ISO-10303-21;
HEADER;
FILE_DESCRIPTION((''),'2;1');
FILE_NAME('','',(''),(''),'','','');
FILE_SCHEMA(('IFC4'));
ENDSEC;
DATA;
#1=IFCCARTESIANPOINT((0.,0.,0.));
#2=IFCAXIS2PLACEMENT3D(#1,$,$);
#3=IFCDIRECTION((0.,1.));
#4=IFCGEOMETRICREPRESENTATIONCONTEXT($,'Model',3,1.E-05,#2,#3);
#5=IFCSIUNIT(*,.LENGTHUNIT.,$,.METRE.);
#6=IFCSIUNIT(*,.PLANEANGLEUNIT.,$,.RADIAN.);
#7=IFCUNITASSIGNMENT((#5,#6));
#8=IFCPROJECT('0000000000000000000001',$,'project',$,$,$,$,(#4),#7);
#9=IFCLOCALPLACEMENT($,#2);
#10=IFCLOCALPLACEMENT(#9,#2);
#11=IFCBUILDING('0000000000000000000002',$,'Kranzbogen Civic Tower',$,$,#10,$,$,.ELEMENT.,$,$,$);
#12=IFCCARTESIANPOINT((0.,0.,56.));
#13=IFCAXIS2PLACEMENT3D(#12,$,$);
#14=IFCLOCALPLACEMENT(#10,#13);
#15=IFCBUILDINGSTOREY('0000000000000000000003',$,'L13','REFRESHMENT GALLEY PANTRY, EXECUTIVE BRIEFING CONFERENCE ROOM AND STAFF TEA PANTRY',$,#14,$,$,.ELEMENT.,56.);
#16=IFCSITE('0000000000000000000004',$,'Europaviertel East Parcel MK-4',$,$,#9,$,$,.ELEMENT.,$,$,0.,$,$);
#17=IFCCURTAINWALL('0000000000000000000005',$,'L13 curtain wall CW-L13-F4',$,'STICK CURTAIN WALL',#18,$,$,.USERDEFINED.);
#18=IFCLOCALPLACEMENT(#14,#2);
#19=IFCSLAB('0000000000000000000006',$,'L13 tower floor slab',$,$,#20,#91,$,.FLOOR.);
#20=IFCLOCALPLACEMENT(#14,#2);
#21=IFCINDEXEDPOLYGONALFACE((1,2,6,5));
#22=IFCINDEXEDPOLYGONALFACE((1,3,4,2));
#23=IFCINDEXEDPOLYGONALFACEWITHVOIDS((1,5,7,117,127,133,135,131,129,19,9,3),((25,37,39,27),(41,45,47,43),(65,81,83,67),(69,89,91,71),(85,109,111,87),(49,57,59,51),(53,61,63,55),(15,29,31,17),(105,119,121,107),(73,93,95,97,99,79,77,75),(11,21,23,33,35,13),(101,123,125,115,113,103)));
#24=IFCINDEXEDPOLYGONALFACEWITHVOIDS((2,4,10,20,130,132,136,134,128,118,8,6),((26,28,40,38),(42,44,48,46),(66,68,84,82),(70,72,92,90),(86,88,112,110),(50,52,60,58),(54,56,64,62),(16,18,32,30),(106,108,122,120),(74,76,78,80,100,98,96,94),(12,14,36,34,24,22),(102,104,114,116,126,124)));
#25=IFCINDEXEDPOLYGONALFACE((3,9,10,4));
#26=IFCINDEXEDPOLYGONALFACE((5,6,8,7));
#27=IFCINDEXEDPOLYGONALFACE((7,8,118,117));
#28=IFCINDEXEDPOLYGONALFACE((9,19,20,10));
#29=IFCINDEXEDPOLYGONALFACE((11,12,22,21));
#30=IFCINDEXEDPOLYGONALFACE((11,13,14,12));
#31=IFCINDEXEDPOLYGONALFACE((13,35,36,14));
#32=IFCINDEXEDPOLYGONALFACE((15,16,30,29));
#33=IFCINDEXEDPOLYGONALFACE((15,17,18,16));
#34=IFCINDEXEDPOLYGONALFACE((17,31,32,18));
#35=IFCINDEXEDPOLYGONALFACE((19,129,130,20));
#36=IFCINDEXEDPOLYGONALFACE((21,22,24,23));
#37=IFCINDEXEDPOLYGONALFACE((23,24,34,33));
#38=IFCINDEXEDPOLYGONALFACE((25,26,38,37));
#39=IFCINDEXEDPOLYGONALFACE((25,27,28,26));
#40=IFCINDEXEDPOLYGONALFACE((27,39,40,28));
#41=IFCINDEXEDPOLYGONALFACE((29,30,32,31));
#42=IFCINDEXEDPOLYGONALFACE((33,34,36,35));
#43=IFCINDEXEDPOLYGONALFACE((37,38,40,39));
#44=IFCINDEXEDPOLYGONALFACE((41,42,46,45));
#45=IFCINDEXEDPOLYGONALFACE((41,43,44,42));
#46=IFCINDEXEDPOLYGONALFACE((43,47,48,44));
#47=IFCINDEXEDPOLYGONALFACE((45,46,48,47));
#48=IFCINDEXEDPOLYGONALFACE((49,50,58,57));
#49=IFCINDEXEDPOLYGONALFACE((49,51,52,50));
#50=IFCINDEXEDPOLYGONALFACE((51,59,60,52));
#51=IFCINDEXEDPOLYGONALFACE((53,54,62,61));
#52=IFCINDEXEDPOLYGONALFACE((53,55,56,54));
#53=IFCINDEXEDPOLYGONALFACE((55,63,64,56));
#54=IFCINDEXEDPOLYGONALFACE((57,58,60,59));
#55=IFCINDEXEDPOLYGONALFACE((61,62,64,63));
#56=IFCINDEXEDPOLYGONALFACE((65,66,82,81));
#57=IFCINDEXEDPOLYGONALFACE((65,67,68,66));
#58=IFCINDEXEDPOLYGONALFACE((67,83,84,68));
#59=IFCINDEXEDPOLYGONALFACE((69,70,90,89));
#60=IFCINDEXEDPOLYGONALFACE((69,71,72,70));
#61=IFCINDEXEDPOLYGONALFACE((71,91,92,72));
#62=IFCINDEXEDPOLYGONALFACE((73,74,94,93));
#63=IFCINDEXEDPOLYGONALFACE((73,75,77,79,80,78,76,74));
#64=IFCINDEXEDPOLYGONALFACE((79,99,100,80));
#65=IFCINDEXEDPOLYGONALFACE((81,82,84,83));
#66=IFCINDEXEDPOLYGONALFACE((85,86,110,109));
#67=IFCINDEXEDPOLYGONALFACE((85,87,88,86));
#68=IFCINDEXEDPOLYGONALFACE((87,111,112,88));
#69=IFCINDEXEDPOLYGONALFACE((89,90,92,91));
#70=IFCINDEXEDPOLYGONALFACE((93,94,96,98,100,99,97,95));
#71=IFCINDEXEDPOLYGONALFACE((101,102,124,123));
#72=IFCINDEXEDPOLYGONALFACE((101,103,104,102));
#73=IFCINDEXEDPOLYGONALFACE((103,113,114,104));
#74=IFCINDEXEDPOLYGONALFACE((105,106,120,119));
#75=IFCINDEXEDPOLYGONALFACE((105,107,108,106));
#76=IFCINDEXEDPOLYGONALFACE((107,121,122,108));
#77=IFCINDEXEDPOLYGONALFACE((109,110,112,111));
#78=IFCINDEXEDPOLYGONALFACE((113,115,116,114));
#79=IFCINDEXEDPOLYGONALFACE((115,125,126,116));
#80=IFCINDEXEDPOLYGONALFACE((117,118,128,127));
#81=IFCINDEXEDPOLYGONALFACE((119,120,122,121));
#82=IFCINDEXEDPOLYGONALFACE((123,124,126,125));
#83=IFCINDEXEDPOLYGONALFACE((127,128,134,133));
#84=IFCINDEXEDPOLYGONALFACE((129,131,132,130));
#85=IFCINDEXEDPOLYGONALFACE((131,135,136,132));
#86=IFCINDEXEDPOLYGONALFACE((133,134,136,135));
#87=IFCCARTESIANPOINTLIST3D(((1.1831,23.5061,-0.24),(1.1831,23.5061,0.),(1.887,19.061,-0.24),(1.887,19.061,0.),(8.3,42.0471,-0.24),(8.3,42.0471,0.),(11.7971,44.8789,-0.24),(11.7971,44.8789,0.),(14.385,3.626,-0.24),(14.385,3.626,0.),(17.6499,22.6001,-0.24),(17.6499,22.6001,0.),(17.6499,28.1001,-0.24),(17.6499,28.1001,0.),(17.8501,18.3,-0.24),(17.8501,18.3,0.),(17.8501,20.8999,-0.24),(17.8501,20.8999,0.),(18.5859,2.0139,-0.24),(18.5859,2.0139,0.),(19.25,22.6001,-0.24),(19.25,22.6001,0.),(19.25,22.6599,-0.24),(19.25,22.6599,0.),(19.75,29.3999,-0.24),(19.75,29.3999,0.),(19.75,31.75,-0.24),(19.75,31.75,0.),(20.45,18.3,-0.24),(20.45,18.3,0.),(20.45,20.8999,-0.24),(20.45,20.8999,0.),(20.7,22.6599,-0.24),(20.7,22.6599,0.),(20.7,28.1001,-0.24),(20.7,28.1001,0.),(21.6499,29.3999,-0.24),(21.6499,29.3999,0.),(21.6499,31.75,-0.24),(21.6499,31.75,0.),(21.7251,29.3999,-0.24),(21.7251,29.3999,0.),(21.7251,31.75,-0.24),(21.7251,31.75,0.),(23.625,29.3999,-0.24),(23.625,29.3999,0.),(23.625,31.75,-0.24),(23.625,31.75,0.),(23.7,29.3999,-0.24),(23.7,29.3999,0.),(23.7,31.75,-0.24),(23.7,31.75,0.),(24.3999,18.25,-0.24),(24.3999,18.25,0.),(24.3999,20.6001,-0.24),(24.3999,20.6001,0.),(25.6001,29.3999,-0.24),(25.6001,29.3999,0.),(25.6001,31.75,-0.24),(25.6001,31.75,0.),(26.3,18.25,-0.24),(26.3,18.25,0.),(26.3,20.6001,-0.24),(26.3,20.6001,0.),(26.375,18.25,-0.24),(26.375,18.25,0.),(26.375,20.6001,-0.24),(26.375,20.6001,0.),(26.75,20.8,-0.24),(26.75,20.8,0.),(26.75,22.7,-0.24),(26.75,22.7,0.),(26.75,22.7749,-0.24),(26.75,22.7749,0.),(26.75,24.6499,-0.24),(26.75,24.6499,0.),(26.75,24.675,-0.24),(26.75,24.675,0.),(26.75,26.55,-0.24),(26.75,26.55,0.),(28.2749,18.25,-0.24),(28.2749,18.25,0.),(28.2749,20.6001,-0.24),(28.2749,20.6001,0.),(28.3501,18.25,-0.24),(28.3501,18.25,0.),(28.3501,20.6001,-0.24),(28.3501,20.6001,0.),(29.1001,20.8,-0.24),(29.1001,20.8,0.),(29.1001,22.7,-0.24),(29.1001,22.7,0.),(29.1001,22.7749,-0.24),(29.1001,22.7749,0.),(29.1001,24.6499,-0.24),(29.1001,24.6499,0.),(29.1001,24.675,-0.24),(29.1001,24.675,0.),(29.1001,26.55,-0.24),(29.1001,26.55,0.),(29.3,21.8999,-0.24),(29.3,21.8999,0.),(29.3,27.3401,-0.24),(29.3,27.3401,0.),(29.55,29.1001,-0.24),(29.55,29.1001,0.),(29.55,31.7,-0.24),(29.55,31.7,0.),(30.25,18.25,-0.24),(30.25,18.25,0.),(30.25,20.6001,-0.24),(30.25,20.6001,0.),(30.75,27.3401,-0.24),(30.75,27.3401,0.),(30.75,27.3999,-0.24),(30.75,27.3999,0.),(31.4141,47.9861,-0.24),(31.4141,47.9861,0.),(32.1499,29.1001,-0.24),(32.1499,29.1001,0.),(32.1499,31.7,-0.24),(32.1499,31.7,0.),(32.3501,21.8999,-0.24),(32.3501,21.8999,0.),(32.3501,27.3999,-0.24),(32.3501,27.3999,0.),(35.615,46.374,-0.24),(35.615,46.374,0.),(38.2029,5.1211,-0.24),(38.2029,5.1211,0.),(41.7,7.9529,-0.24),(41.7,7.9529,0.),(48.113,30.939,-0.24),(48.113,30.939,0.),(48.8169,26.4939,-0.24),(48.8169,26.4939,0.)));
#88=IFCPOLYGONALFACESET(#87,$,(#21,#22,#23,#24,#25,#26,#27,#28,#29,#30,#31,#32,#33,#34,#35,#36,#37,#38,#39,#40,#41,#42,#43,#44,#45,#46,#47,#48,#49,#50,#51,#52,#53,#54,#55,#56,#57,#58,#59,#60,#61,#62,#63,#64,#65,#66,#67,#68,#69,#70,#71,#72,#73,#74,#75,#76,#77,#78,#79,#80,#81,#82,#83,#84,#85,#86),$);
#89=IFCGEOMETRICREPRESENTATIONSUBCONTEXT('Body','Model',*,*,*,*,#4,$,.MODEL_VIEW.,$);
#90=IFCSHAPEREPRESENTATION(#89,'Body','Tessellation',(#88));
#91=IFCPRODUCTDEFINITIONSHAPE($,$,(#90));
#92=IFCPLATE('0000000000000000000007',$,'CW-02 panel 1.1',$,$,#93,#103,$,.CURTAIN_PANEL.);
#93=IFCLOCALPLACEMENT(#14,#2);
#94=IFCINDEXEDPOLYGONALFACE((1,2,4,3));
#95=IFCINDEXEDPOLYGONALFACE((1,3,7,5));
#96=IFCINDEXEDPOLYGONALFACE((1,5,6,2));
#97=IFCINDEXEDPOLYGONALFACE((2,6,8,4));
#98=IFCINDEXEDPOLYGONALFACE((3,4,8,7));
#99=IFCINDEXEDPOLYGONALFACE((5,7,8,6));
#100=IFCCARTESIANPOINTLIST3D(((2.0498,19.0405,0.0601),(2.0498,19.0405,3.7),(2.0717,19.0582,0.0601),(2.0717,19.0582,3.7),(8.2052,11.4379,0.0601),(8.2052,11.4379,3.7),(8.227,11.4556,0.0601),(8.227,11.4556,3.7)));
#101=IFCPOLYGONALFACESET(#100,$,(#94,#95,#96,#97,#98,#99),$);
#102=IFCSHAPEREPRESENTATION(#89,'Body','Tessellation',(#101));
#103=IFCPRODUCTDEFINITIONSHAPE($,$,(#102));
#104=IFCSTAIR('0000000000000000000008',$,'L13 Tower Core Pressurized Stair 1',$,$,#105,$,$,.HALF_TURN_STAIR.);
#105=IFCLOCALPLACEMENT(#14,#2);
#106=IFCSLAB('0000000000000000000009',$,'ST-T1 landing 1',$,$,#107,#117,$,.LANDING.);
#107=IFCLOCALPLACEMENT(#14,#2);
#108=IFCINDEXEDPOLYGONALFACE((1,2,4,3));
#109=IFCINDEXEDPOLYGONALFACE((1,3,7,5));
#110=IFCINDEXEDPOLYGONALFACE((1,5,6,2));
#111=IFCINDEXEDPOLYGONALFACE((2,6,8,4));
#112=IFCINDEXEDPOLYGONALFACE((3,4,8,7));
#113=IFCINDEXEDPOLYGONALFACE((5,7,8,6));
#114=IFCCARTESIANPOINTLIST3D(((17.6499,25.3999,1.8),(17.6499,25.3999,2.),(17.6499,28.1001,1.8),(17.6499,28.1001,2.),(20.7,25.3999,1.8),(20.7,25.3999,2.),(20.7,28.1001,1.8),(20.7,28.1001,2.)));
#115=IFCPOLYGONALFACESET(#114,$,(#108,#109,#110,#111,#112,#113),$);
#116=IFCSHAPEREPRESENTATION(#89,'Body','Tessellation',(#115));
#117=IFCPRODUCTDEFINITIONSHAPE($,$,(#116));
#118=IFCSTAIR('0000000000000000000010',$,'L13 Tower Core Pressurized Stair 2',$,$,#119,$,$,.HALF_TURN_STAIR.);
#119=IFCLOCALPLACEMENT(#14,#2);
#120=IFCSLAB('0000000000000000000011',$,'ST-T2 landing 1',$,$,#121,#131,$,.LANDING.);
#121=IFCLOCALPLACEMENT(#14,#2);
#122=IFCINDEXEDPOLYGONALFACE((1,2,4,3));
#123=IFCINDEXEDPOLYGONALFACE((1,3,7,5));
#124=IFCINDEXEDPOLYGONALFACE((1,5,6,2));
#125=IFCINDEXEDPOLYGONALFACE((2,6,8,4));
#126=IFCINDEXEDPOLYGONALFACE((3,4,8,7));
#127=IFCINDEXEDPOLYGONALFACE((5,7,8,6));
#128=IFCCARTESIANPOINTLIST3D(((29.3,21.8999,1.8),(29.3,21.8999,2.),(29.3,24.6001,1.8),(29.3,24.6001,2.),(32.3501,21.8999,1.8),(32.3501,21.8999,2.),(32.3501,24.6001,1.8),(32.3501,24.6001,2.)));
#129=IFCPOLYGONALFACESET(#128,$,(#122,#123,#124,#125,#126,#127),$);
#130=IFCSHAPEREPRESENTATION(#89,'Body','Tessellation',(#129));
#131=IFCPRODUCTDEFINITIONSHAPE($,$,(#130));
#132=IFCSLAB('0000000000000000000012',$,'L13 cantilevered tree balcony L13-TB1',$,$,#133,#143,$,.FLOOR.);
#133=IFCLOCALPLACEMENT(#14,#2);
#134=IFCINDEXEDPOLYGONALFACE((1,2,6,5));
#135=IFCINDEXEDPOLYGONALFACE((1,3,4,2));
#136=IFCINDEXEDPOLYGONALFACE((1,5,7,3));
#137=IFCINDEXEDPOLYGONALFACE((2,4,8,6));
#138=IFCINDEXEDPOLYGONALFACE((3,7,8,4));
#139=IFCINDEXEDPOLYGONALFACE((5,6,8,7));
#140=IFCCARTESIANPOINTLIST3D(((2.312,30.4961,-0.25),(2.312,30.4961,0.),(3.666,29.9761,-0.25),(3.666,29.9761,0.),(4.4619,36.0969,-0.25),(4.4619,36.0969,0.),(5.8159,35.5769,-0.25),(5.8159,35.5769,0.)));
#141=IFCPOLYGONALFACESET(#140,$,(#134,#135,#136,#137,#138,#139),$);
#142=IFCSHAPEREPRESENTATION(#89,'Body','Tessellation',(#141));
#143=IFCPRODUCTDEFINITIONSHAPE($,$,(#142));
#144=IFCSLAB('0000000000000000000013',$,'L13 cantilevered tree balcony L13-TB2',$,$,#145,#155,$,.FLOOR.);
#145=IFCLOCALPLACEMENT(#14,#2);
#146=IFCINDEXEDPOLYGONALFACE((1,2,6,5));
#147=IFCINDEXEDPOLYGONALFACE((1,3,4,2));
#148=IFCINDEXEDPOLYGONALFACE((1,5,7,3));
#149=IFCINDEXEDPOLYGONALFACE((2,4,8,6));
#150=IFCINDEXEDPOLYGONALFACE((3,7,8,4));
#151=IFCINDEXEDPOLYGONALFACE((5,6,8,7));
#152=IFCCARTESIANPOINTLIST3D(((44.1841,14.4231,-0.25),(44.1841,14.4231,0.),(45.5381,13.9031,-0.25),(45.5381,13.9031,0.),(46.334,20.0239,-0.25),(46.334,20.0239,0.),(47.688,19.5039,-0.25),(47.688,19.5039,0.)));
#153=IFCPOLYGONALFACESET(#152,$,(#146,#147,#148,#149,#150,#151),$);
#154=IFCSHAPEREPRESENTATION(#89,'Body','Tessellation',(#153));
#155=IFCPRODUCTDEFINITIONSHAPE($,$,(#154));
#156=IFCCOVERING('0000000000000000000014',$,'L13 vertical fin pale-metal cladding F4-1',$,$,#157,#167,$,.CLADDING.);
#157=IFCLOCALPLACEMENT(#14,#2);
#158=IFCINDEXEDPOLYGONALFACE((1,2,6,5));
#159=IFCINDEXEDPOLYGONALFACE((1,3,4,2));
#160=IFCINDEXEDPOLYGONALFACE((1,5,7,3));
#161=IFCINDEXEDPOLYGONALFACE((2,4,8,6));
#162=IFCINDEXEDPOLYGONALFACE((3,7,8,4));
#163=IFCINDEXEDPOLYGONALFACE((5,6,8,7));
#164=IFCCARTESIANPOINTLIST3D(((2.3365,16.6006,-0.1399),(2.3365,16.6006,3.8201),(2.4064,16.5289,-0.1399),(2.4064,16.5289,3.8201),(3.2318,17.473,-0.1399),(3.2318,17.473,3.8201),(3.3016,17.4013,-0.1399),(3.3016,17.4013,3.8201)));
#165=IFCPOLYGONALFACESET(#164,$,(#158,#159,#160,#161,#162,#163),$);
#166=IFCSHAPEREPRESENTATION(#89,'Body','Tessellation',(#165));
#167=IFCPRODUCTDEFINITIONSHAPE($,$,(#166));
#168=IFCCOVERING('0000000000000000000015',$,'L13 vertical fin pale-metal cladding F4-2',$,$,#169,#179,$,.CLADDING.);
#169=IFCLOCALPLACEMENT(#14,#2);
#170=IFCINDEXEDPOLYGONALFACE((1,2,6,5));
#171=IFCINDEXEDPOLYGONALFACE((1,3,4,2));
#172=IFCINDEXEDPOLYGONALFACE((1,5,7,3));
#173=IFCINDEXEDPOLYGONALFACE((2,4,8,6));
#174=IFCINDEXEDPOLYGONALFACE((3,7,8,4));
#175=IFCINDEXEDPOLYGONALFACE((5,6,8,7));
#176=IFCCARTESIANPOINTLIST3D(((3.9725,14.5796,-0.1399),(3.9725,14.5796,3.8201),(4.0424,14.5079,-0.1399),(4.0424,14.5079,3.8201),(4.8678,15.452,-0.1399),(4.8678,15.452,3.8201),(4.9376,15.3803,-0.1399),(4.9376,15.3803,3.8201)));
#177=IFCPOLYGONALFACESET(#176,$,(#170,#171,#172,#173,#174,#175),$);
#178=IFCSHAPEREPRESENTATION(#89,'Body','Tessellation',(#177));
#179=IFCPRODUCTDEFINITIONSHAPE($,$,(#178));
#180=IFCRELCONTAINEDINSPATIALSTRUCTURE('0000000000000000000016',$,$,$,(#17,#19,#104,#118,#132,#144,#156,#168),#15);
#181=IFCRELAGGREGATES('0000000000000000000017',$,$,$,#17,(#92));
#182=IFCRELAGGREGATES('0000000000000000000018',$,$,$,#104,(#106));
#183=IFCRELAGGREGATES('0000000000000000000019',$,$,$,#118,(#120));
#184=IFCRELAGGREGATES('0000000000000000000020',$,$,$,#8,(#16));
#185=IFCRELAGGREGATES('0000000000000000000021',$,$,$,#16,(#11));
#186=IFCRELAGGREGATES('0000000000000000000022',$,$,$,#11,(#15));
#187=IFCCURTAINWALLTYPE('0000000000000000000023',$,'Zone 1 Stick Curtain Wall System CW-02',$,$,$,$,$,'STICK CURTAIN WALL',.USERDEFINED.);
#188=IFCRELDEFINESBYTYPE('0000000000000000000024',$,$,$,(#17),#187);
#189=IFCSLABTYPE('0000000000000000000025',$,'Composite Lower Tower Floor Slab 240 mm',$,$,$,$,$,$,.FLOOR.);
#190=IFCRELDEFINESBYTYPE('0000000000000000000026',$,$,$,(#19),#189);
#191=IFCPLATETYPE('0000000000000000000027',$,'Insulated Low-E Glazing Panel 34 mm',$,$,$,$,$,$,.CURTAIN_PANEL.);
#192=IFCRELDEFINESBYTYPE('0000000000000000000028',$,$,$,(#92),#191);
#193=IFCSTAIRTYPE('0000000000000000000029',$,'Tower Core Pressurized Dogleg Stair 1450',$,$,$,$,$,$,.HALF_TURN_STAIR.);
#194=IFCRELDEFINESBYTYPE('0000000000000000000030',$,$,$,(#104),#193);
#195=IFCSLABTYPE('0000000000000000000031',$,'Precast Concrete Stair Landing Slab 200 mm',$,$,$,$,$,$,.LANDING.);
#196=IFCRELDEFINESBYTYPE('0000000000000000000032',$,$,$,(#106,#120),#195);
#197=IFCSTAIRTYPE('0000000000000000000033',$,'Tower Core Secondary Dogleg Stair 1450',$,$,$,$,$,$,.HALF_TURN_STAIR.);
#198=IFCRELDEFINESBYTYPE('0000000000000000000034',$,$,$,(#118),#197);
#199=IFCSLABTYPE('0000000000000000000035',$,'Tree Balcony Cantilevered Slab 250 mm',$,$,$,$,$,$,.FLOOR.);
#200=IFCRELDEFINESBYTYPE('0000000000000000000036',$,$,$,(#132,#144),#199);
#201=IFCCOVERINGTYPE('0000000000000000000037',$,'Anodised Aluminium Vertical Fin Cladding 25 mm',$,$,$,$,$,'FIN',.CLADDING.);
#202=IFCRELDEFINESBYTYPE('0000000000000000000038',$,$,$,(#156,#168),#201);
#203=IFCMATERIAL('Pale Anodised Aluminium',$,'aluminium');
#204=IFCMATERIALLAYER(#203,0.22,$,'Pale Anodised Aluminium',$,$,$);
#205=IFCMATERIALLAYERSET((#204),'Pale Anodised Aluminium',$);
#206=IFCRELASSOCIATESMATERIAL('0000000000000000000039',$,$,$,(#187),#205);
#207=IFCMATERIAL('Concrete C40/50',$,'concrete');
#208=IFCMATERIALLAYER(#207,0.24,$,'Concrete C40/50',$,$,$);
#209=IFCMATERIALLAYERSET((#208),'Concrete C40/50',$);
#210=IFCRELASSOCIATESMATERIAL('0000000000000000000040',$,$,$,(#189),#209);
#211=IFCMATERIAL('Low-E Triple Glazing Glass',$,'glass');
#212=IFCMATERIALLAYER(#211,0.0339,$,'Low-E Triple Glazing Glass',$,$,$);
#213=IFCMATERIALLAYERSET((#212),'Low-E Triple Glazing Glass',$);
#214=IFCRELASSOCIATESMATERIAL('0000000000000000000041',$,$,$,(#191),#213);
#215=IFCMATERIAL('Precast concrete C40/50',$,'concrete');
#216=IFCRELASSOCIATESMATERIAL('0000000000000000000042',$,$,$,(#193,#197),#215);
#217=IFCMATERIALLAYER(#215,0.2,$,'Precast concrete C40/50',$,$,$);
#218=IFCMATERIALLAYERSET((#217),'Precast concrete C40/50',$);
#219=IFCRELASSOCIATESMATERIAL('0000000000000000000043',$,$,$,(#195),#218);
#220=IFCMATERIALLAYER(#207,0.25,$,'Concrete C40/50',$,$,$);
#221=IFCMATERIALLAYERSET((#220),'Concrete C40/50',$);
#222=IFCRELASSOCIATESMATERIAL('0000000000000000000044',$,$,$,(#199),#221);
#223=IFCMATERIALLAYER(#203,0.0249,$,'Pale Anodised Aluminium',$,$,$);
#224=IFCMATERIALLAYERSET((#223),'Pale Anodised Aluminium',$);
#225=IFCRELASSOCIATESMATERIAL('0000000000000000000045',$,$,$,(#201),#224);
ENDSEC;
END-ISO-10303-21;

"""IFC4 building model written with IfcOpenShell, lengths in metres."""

from ifc_helpers import new_model, si_unit, direction, frame, origin, origin_2d, place, context, subcontext, project, spatial, polyline, rectangle, outline, extrude, material, layer, layer_set, type_object, element, aggregate, save


model = new_model("IFC4")

# Units and contexts
model_context = context("Model", 3, precision=1e-05, world=origin(), true_north=direction((0.0, 1.0)))
body_context = subcontext(model_context, "Body", "Model", "MODEL_VIEW")
ifc_project = project(units=[si_unit("LENGTHUNIT", "METRE"), si_unit("PLANEANGLEUNIT", "RADIAN")], contexts=[model_context])

# Site, building, storey
site_placement = place(None, origin())
site = spatial("IfcSite", under=ifc_project, at=site_placement, Name="Europaviertel East Parcel MK-4", CompositionType="ELEMENT", RefElevation=0.0)
building_placement = place(site_placement, origin())
building = spatial("IfcBuilding", under=site, at=building_placement, Name="Kranzbogen Civic Tower", CompositionType="ELEMENT")
storey_placement = place(building_placement, frame((0.0, 0.0, 56.0)))
storey = spatial("IfcBuildingStorey", under=building, at=storey_placement, Name="L13", Description="REFRESHMENT GALLEY PANTRY, EXECUTIVE BRIEFING CONFERENCE ROOM AND STAFF TEA PANTRY", CompositionType="ELEMENT", Elevation=56.0)

# Curtain wall
ifc_material_1 = material(Name="Pale Anodised Aluminium", Category="aluminium")
ifc_layer_1 = layer(ifc_material_1, 0.22, Name="Pale Anodised Aluminium")
ifc_layer_set_1 = layer_set([ifc_layer_1], Name="Pale Anodised Aluminium")
curtain_wall_type = type_object("IfcCurtainWallType", Name="Zone 1 Stick Curtain Wall System CW-02", ElementType="STICK CURTAIN WALL", PredefinedType="USERDEFINED", material=ifc_layer_set_1)
curtain_wall_placement = place(storey_placement, origin())
curtain_wall = element("IfcCurtainWall", 1, at=curtain_wall_placement, inside=storey, type_object=curtain_wall_type, Name="L13 curtain wall CW-L13-F4", ObjectType="STICK CURTAIN WALL", PredefinedType="USERDEFINED")

# Slab
ifc_material_2 = material(Name="Concrete C40/50", Category="concrete")
ifc_layer_2 = layer(ifc_material_2, 0.24, Name="Concrete C40/50")
ifc_layer_set_2 = layer_set([ifc_layer_2], Name="Concrete C40/50")
slab_type_1 = type_object("IfcSlabType", Name="Composite Lower Tower Floor Slab 240 mm", PredefinedType="FLOOR", material=ifc_layer_set_2)
slab_1_placement = place(storey_placement, frame((0.0, 0.0, -0.24)))
element("IfcSlab", 2, at=slab_1_placement, inside=storey, type_object=slab_type_1, Name="L13 tower floor slab", PredefinedType="FLOOR", context=body_context, shape_type="SweptSolid", body=[
    extrude(outline(polyline([(48.113, 30.939), (35.615, 46.374), (31.4141, 47.9861), (11.7971, 44.8789), (8.3, 42.0471), (1.1831, 23.5061), (1.887, 19.061), (14.385, 3.626), (18.5859, 2.0139), (38.2029, 5.1211), (41.7, 7.9529), (48.8169, 26.4939), (48.113, 30.939)]), holes=[polyline([(26.3, 20.6001), (26.3, 18.25), (24.3999, 18.25), (24.3999, 20.6001), (26.3, 20.6001)]), polyline([(28.2749, 18.25), (26.375, 18.25), (26.375, 20.6001), (28.2749, 20.6001), (28.2749, 18.25)]), polyline([(20.45, 18.3), (17.8501, 18.3), (17.8501, 20.8999), (20.45, 20.8999), (20.45, 18.3)]), polyline([(20.7, 22.6599), (19.25, 22.6599), (19.25, 22.6001), (17.6499, 22.6001), (17.6499, 28.1001), (20.7, 28.1001), (20.7, 22.6599)]), polyline([(21.6499, 29.3999), (19.75, 29.3999), (19.75, 31.75), (21.6499, 31.75), (21.6499, 29.3999)]), polyline([(23.625, 29.3999), (21.7251, 29.3999), (21.7251, 31.75), (23.625, 31.75), (23.625, 29.3999)]), polyline([(25.6001, 31.75), (25.6001, 29.3999), (23.7, 29.3999), (23.7, 31.75), (25.6001, 31.75)]), polyline([(30.25, 18.25), (28.3501, 18.25), (28.3501, 20.6001), (30.25, 20.6001), (30.25, 18.25)]), polyline([(29.1001, 20.8), (26.75, 20.8), (26.75, 22.7), (29.1001, 22.7), (29.1001, 20.8)]), polyline([(26.75, 26.55), (29.1001, 26.55), (29.1001, 24.675), (29.1001, 24.6499), (29.1001, 22.7749), (26.75, 22.7749), (26.75, 24.6499), (26.75, 24.675), (26.75, 26.55)]), polyline([(30.75, 27.3401), (30.75, 27.3999), (32.3501, 27.3999), (32.3501, 21.8999), (29.3, 21.8999), (29.3, 27.3401), (30.75, 27.3401)]), polyline([(32.1499, 29.1001), (29.55, 29.1001), (29.55, 31.7), (32.1499, 31.7), (32.1499, 29.1001)])]), origin(), (0.0, 0.0, 1.0), 0.24),
])

# Plate
ifc_material_3 = material(Name="Low-E Triple Glazing Glass", Category="glass")
ifc_layer_3 = layer(ifc_material_3, 0.0339, Name="Low-E Triple Glazing Glass")
ifc_layer_set_3 = layer_set([ifc_layer_3], Name="Low-E Triple Glazing Glass")
plate_type = type_object("IfcPlateType", Name="Insulated Low-E Glazing Panel 34 mm", PredefinedType="CURTAIN_PANEL", material=ifc_layer_set_3)
plate_placement = place(storey_placement, frame((5.1384, 15.248, 0.0601), z_axis=(0.0, 0.0, 1.0), x_axis=(0.629255, -0.777199, 0.0)))
plate = element("IfcPlate", 3, at=plate_placement, type_object=plate_type, Name="CW-02 panel 1.1", PredefinedType="CURTAIN_PANEL", context=body_context, shape_type="SweptSolid", body=[
    extrude(rectangle(XDim=9.782, YDim=0.0281, at=origin_2d()), origin(), (0.0, 0.0, 1.0), 3.6399),
])
aggregate(curtain_wall, [plate])

# Stairs, slabs
ifc_material_4 = material(Name="Precast concrete C40/50", Category="concrete")
stair_type_1 = type_object("IfcStairType", Name="Tower Core Pressurized Dogleg Stair 1450", PredefinedType="HALF_TURN_STAIR", material=ifc_material_4)
stair_1_placement = place(storey_placement, origin())
stair_1 = element("IfcStair", 4, at=stair_1_placement, inside=storey, type_object=stair_type_1, Name="L13 Tower Core Pressurized Stair 1", PredefinedType="HALF_TURN_STAIR")
ifc_layer_4 = layer(ifc_material_4, 0.2, Name="Precast concrete C40/50")
ifc_layer_set_4 = layer_set([ifc_layer_4], Name="Precast concrete C40/50")
slab_type_2 = type_object("IfcSlabType", Name="Precast Concrete Stair Landing Slab 200 mm", PredefinedType="LANDING", material=ifc_layer_set_4)
slab_2_placement = place(storey_placement, frame((0.0, 0.0, 1.8)))
slab_2 = element("IfcSlab", 5, at=slab_2_placement, type_object=slab_type_2, Name="ST-T1 landing 1", PredefinedType="LANDING", context=body_context, shape_type="SweptSolid", body=[
    extrude(outline(polyline([(20.7, 25.3999), (20.7, 28.1001), (17.6499, 28.1001), (17.6499, 25.3999), (20.7, 25.3999)])), origin(), (0.0, 0.0, 1.0), 0.2),
])
aggregate(stair_1, [slab_2])
stair_type_2 = type_object("IfcStairType", Name="Tower Core Secondary Dogleg Stair 1450", PredefinedType="HALF_TURN_STAIR", material=ifc_material_4)
stair_2_placement = place(storey_placement, origin())
stair_2 = element("IfcStair", 6, at=stair_2_placement, inside=storey, type_object=stair_type_2, Name="L13 Tower Core Pressurized Stair 2", PredefinedType="HALF_TURN_STAIR")
slab_3_placement = place(storey_placement, frame((0.0, 0.0, 1.8)))
slab_3 = element("IfcSlab", 7, at=slab_3_placement, type_object=slab_type_2, Name="ST-T2 landing 1", PredefinedType="LANDING", context=body_context, shape_type="SweptSolid", body=[
    extrude(outline(polyline([(29.3, 24.6001), (29.3, 21.8999), (32.3501, 21.8999), (32.3501, 24.6001), (29.3, 24.6001)])), origin(), (0.0, 0.0, 1.0), 0.2),
])
aggregate(stair_2, [slab_3])

# Slabs
ifc_layer_5 = layer(ifc_material_2, 0.25, Name="Concrete C40/50")
ifc_layer_set_5 = layer_set([ifc_layer_5], Name="Concrete C40/50")
slab_type_3 = type_object("IfcSlabType", Name="Tree Balcony Cantilevered Slab 250 mm", PredefinedType="FLOOR", material=ifc_layer_set_5)
slab_4_placement = place(storey_placement, frame((0.0, 0.0, -0.25)))
element("IfcSlab", 8, at=slab_4_placement, inside=storey, type_object=slab_type_3, Name="L13 cantilevered tree balcony L13-TB1", PredefinedType="FLOOR", context=body_context, shape_type="SweptSolid", body=[
    extrude(outline(polyline([(5.8159, 35.5769), (3.666, 29.9761), (2.312, 30.4961), (4.4619, 36.0969), (5.8159, 35.5769)])), origin(), (0.0, 0.0, 1.0), 0.25),
])
slab_5_placement = place(storey_placement, frame((0.0, 0.0, -0.25)))
element("IfcSlab", 9, at=slab_5_placement, inside=storey, type_object=slab_type_3, Name="L13 cantilevered tree balcony L13-TB2", PredefinedType="FLOOR", context=body_context, shape_type="SweptSolid", body=[
    extrude(outline(polyline([(44.1841, 14.4231), (46.334, 20.0239), (47.688, 19.5039), (45.5381, 13.9031), (44.1841, 14.4231)])), origin(), (0.0, 0.0, 1.0), 0.25),
])

# Coverings
ifc_layer_6 = layer(ifc_material_1, 0.0249, Name="Pale Anodised Aluminium")
ifc_layer_set_6 = layer_set([ifc_layer_6], Name="Pale Anodised Aluminium")
covering_type_1 = type_object("IfcCoveringType", Name="Anodised Aluminium Vertical Fin Cladding 25 mm", ElementType="FIN", PredefinedType="CLADDING", material=ifc_layer_set_6)
for number, where, z_axis, x_axis, name in (
    (10, (2.8191, 17.001, -0.1399), (0.0, 0.0, 1.0), (-0.71618, -0.697915, 0.0), "L13 vertical fin pale-metal cladding F4-1"),
    (11, (4.4551, 14.98, -0.1399), (0.0, 0.0, 1.0), (-0.71618, -0.697915, 0.0), "L13 vertical fin pale-metal cladding F4-2"),
):
    element("IfcCovering", number, at=place(storey_placement, frame(where, z_axis=z_axis, x_axis=x_axis)), inside=storey, type_object=covering_type_1, Name=name, PredefinedType="CLADDING", context=body_context, shape_type="SweptSolid", body=[
        extrude(rectangle(XDim=1.25, YDim=0.1001, at=origin_2d()), origin(), (0.0, 0.0, 1.0), 3.96),
    ])

save(model, "model.ifc")
